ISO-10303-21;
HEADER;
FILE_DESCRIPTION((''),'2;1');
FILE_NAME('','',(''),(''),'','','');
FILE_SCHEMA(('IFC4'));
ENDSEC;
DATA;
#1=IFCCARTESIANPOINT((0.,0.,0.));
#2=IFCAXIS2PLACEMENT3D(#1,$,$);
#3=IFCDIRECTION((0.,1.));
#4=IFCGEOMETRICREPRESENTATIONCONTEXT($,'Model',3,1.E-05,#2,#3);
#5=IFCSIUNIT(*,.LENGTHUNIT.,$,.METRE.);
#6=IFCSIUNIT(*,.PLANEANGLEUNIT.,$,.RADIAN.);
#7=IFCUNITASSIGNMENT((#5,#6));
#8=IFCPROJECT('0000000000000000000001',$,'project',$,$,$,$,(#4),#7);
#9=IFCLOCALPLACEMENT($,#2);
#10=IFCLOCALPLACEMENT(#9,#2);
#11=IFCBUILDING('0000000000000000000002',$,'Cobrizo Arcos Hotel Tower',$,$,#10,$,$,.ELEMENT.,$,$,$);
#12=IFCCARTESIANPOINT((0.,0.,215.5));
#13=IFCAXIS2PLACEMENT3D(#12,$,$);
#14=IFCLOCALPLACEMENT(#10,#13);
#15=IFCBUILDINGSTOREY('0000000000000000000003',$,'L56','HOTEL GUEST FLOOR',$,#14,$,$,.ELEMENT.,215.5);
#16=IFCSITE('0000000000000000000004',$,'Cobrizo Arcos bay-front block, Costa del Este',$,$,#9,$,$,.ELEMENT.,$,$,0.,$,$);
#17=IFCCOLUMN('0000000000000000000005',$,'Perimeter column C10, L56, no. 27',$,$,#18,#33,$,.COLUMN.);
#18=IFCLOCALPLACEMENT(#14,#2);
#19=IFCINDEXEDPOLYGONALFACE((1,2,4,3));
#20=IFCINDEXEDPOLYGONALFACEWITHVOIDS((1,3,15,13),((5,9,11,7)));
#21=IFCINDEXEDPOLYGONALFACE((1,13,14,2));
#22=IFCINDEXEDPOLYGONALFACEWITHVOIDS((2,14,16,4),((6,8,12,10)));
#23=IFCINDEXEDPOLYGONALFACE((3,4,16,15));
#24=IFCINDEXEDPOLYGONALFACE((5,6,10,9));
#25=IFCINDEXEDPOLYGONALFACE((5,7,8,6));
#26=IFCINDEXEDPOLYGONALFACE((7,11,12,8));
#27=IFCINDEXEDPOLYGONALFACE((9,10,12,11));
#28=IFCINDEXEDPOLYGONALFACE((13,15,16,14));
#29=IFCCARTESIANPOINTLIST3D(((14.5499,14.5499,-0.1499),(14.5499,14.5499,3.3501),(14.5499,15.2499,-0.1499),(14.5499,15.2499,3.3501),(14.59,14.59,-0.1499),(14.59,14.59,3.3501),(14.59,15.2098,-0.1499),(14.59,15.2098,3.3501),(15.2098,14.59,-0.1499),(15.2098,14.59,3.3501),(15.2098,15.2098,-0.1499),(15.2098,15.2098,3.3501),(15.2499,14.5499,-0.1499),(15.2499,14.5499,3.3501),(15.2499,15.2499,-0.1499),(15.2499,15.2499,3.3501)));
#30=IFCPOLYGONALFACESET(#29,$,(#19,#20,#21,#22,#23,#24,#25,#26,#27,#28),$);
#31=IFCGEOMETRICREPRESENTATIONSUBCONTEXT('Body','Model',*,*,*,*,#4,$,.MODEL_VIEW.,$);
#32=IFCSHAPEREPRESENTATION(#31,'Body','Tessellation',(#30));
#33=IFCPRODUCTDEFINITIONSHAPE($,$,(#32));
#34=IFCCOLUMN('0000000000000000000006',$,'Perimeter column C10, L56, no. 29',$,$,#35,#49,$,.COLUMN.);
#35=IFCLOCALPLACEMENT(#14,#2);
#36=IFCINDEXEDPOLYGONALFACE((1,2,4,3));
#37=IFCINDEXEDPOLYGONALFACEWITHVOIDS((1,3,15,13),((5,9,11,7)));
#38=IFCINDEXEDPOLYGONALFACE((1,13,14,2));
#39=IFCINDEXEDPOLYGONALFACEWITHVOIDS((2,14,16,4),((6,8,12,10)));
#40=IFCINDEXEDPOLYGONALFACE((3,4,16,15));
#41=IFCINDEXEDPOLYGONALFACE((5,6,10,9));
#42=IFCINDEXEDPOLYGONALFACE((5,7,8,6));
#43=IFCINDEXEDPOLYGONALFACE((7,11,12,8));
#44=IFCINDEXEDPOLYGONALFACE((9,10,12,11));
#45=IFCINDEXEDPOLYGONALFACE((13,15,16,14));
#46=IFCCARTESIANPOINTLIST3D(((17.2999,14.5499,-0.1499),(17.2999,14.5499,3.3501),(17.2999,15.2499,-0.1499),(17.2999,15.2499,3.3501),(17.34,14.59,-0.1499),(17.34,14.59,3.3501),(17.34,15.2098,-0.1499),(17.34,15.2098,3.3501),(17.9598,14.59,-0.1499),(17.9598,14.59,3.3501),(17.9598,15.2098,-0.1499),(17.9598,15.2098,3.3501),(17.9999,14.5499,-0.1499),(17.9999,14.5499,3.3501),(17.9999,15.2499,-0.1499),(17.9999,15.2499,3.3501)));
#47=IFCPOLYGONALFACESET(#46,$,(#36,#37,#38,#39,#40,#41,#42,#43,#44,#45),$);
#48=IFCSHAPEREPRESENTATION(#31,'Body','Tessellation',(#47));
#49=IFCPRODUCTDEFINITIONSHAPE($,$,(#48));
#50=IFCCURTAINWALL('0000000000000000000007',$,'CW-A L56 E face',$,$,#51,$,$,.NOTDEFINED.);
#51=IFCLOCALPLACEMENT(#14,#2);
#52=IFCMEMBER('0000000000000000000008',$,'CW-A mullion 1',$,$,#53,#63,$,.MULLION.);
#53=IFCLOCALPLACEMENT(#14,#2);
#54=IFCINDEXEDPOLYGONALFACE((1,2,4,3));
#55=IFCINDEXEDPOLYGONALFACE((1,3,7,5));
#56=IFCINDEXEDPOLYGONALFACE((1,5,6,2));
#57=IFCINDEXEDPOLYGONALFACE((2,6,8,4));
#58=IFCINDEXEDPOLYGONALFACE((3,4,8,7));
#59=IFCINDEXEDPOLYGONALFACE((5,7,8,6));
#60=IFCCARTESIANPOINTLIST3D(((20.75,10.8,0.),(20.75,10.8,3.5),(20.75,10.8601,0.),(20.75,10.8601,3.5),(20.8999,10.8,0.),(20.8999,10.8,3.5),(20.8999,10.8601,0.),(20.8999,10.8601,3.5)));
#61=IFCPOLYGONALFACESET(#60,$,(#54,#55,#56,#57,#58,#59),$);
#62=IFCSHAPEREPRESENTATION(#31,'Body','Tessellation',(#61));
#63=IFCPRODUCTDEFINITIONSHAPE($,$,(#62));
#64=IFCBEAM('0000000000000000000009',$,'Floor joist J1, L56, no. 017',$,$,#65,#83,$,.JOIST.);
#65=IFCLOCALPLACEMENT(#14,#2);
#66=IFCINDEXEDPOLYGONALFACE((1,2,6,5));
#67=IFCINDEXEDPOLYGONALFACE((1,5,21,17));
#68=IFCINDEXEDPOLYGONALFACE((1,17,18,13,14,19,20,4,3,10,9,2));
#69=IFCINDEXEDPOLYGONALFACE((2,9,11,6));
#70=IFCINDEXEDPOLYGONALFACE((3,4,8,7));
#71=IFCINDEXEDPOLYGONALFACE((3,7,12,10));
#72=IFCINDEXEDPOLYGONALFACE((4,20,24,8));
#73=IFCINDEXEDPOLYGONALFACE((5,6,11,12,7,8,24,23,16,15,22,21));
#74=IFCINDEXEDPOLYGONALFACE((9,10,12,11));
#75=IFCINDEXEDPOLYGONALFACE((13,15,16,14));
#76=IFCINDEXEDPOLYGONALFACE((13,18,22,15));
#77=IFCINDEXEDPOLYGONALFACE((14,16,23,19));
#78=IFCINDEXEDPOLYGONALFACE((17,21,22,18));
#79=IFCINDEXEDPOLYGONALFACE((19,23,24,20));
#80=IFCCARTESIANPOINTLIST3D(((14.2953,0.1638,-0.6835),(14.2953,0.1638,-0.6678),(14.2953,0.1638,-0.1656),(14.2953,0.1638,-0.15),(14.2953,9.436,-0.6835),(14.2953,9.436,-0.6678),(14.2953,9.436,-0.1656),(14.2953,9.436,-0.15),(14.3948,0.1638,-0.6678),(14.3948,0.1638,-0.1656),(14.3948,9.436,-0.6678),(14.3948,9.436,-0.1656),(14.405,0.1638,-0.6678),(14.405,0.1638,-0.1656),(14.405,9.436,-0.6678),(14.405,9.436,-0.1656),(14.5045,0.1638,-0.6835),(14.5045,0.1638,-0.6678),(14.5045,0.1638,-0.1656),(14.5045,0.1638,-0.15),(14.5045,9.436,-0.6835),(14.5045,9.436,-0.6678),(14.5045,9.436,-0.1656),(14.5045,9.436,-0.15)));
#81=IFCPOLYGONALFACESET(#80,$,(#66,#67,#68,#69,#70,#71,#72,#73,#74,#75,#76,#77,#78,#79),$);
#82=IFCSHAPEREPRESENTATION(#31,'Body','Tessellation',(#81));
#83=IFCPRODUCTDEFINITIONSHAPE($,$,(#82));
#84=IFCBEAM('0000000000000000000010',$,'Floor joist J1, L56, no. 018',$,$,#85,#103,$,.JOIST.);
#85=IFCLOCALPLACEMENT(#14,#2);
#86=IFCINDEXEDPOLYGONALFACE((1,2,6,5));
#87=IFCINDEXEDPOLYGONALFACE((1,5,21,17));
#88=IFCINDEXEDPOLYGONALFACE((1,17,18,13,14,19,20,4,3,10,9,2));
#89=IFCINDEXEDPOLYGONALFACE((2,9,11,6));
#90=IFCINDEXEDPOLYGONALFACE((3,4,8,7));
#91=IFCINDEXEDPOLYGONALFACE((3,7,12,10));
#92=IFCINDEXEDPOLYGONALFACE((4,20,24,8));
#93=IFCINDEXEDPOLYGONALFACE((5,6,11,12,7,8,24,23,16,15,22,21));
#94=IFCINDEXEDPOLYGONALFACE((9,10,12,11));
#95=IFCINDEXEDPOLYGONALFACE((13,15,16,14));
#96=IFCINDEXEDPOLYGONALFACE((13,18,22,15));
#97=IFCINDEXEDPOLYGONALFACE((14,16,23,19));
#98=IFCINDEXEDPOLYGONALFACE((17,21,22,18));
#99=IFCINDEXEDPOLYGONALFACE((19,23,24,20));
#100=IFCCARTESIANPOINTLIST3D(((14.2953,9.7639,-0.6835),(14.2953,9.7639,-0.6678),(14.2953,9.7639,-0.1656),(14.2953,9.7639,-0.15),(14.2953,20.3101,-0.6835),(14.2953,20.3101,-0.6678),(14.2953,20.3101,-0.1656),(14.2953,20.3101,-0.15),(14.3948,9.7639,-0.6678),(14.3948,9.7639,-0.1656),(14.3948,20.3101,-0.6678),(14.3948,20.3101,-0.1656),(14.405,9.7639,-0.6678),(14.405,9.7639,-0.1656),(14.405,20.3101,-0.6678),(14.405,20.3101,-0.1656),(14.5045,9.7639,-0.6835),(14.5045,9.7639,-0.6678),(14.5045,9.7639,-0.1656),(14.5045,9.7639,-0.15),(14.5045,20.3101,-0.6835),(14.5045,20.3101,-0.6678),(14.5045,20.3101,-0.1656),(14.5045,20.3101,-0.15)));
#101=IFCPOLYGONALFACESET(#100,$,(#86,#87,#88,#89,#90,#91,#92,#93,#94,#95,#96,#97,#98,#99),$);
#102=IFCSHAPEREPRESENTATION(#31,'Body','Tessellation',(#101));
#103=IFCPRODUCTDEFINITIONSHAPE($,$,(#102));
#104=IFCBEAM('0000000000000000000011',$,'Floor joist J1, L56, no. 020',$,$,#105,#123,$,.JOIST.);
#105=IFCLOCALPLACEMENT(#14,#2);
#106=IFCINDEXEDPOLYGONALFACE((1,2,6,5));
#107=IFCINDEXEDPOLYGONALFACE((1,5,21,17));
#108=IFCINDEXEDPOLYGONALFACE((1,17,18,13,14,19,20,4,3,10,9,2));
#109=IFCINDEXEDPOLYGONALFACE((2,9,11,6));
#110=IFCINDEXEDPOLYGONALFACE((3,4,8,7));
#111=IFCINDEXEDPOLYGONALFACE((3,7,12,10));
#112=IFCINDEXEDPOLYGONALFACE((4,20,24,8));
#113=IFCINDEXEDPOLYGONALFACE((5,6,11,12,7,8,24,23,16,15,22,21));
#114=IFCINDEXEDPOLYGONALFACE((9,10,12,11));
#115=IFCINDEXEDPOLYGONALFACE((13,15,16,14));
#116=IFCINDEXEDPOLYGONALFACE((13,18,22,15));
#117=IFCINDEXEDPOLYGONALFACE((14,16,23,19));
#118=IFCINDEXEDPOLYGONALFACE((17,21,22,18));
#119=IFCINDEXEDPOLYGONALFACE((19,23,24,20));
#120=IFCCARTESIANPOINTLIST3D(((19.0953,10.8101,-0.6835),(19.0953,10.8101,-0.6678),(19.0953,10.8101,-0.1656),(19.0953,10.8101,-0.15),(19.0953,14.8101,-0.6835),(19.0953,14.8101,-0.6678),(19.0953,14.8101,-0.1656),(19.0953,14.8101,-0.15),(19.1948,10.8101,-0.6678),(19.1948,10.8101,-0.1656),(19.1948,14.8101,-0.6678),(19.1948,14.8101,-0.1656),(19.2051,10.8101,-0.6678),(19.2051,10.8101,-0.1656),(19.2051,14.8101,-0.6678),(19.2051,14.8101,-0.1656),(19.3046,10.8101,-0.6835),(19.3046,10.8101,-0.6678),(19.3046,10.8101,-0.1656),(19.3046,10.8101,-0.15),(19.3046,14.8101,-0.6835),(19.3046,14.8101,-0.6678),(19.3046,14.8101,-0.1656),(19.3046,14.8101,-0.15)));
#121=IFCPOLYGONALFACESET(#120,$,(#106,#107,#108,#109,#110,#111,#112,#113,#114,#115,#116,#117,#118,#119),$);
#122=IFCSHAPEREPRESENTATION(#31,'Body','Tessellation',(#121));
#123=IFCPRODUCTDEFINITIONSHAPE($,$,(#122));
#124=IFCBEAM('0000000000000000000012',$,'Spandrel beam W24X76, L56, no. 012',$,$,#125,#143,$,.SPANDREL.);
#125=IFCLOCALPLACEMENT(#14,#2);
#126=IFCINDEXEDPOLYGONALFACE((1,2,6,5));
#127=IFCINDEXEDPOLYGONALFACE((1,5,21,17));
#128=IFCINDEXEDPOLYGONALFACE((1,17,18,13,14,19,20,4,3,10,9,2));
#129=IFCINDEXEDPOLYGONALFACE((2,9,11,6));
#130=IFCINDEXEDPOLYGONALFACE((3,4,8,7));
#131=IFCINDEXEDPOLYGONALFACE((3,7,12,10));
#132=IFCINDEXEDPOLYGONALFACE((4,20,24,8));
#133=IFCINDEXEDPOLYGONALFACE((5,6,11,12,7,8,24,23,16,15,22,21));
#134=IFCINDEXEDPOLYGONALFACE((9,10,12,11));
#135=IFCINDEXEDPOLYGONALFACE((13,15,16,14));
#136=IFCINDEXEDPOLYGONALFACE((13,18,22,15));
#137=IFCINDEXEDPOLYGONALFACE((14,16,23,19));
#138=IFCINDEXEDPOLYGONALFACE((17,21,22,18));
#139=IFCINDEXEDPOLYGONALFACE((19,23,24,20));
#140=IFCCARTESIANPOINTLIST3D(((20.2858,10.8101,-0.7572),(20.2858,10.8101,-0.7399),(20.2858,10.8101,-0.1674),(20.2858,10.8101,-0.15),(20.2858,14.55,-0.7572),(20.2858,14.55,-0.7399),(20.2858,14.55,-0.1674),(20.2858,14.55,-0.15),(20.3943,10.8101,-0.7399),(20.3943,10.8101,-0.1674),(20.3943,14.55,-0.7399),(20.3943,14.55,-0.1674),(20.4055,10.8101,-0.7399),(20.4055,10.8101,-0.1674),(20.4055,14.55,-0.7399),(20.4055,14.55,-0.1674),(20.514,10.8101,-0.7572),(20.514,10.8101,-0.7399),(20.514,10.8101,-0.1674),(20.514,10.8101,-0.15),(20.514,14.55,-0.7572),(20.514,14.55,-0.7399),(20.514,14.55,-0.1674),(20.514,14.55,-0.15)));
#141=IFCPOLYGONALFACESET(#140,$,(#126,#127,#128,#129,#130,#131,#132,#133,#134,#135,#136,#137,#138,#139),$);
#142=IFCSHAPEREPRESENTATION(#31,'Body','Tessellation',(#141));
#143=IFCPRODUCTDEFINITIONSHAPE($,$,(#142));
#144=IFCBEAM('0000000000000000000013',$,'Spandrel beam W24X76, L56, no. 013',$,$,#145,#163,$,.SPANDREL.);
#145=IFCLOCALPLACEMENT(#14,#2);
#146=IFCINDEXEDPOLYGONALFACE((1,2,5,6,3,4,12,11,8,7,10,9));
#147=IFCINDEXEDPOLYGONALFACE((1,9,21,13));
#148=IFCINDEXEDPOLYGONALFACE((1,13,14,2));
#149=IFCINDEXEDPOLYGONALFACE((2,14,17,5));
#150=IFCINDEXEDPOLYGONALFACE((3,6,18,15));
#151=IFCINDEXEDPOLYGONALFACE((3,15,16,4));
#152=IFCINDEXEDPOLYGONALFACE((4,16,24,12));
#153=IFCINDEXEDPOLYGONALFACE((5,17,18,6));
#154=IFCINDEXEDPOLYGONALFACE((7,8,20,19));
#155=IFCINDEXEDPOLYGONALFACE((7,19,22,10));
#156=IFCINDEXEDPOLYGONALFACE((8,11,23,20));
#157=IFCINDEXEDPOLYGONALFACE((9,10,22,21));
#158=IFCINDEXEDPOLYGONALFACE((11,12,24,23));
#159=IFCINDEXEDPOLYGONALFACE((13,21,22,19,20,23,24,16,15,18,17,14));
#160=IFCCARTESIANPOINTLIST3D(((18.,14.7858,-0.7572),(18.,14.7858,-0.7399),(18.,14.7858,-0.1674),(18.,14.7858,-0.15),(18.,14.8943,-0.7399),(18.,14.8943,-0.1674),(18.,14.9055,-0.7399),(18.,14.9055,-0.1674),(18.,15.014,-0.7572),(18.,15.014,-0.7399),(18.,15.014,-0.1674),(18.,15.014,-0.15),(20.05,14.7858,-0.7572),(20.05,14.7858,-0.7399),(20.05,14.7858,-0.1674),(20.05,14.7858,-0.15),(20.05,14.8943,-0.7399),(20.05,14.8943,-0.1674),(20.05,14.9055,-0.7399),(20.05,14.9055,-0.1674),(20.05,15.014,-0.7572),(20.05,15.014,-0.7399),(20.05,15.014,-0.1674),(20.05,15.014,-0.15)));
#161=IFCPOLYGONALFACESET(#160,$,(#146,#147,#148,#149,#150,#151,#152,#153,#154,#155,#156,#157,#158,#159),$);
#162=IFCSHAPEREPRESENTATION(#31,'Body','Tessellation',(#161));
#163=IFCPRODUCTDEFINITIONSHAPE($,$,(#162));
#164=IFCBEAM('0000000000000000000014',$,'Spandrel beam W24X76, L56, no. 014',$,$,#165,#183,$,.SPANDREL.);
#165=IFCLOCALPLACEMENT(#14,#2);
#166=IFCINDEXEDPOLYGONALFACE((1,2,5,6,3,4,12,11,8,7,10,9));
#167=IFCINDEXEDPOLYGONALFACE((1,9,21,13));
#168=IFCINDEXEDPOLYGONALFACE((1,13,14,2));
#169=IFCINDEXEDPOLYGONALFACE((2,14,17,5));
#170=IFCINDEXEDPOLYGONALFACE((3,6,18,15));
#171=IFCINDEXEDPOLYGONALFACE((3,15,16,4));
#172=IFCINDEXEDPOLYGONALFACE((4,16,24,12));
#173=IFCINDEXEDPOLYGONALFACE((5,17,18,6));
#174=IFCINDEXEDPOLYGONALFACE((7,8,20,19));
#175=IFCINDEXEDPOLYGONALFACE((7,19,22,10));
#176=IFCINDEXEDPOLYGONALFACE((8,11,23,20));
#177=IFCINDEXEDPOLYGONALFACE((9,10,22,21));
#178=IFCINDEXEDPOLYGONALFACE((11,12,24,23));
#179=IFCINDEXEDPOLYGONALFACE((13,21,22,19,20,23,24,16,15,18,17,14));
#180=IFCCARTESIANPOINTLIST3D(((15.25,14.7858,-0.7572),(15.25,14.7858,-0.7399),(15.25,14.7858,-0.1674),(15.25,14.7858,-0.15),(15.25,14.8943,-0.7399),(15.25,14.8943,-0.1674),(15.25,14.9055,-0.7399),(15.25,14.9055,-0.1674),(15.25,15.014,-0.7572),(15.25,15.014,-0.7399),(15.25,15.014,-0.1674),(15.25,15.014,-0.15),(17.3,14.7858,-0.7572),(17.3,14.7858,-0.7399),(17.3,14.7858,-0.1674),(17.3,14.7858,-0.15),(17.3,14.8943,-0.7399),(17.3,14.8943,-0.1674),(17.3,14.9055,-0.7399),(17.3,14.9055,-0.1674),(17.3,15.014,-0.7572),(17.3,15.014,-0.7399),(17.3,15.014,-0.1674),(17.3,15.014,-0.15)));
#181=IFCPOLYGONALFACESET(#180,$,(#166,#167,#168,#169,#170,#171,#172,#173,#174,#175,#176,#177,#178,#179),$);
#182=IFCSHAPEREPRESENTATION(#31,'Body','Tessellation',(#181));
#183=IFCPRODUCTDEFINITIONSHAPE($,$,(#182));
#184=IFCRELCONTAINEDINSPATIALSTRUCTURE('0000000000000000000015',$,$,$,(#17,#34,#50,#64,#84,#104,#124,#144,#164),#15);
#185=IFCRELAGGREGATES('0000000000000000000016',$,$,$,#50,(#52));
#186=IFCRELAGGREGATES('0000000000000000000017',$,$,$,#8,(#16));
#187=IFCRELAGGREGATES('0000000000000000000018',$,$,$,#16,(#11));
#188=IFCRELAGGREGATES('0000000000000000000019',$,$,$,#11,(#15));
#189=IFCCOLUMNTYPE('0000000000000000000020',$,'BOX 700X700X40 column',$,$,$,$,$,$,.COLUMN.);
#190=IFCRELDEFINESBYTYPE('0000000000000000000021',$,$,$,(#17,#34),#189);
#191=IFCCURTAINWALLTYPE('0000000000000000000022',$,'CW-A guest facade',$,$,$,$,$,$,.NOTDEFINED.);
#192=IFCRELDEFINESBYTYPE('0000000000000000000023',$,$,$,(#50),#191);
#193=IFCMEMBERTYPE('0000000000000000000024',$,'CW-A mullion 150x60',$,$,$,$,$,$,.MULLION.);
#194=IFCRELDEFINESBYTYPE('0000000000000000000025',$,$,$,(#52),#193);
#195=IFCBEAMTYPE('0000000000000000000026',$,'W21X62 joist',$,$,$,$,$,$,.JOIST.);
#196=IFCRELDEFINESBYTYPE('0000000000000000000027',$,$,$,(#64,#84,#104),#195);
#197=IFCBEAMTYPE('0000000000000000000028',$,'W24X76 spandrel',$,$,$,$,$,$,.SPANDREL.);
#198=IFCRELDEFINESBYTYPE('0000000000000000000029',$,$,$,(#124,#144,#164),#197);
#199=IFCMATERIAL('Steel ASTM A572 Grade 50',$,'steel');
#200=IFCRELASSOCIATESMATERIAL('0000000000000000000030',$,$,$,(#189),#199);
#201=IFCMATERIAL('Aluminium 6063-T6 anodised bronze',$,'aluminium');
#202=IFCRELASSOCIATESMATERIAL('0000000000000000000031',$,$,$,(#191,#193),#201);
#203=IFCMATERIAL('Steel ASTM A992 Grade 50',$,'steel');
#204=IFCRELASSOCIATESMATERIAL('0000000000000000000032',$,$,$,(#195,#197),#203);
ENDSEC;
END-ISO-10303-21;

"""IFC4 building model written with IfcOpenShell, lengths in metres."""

from ifc_helpers import new_model, si_unit, direction, frame, origin, origin_2d, place, context, subcontext, project, spatial, rectangle, hollow_rectangle, i_section, extrude, material, material_profile, profile_set, type_object, element, aggregate, save


model = new_model("IFC4")

# Units and contexts
model_context = context("Model", 3, precision=1e-05, world=origin(), true_north=direction((0.0, 1.0)))
body_context = subcontext(model_context, "Body", "Model", "MODEL_VIEW")
ifc_project = project(units=[si_unit("LENGTHUNIT", "METRE"), si_unit("PLANEANGLEUNIT", "RADIAN")], contexts=[model_context])

# Site, building, storey
site_placement = place(None, origin())
site = spatial("IfcSite", under=ifc_project, at=site_placement, Name="Cobrizo Arcos bay-front block, Costa del Este", CompositionType="ELEMENT", RefElevation=0.0)
building_placement = place(site_placement, origin())
building = spatial("IfcBuilding", under=site, at=building_placement, Name="Cobrizo Arcos Hotel Tower", CompositionType="ELEMENT")
storey_placement = place(building_placement, frame((0.0, 0.0, 215.5)))
storey = spatial("IfcBuildingStorey", under=building, at=storey_placement, Name="L56", Description="HOTEL GUEST FLOOR", CompositionType="ELEMENT", Elevation=215.5)

# Columns
ifc_material_1 = material(Name="Steel ASTM A572 Grade 50", Category="steel")
ifc_material_profile_1 = material_profile(ifc_material_1, hollow_rectangle(XDim=0.7, YDim=0.7, WallThickness=0.04, at=origin_2d()), Name="BOX 700X700X40")
ifc_profile_set_1 = profile_set([ifc_material_profile_1], Name="Steel ASTM A572 Grade 50")
column_type = type_object("IfcColumnType", Name="BOX 700X700X40 column", PredefinedType="COLUMN", material=ifc_profile_set_1)
for number, where, z_axis, x_axis, name in (
    (1, (14.8999, 14.8999, -0.1499), (0.0, 0.0, 1.0), (1.0, 0.0, 0.0), "Perimeter column C10, L56, no. 27"),
    (2, (17.6499, 14.8999, -0.1499), (0.0, 0.0, 1.0), (1.0, 0.0, 0.0), "Perimeter column C10, L56, no. 29"),
):
    element("IfcColumn", number, at=place(storey_placement, frame(where, z_axis=z_axis, x_axis=x_axis)), inside=storey, type_object=column_type, Name=name, PredefinedType="COLUMN", context=body_context, shape_type="SweptSolid", body=[
        extrude(hollow_rectangle(XDim=0.7, YDim=0.7, WallThickness=0.04, at=origin_2d()), origin(), (0.0, 0.0, 1.0), 3.5),
    ])

# Curtain wall, member
ifc_material_2 = material(Name="Aluminium 6063-T6 anodised bronze", Category="aluminium")
curtain_wall_type = type_object("IfcCurtainWallType", Name="CW-A guest facade", PredefinedType="NOTDEFINED", material=ifc_material_2)
curtain_wall_placement = place(storey_placement, origin())
curtain_wall = element("IfcCurtainWall", 3, at=curtain_wall_placement, inside=storey, type_object=curtain_wall_type, Name="CW-A L56 E face", PredefinedType="NOTDEFINED")
ifc_material_profile_2 = material_profile(ifc_material_2, rectangle(XDim=0.1499, YDim=0.0601, at=origin_2d()), Name="CW-A mullion 150x60")
ifc_profile_set_2 = profile_set([ifc_material_profile_2], Name="Aluminium 6063-T6 anodised bronze")
member_type = type_object("IfcMemberType", Name="CW-A mullion 150x60", PredefinedType="MULLION", material=ifc_profile_set_2)
member_placement = place(storey_placement, frame((20.825, 10.8301, 0.0), z_axis=(0.0, 0.0, 1.0), x_axis=(1.0, 0.0, 0.0)))
member = element("IfcMember", 4, at=member_placement, type_object=member_type, Name="CW-A mullion 1", PredefinedType="MULLION", context=body_context, shape_type="SweptSolid", body=[
    extrude(rectangle(XDim=0.1499, YDim=0.0601, at=origin_2d()), origin(), (0.0, 0.0, 1.0), 3.5),
])

# Beams
ifc_material_3 = material(Name="Steel ASTM A992 Grade 50", Category="steel")
ifc_material_profile_3 = material_profile(ifc_material_3, i_section(OverallWidth=0.2092, OverallDepth=0.5334, WebThickness=0.0103, FlangeThickness=0.0156, at=origin_2d()), Name="W21X62")
ifc_profile_set_3 = profile_set([ifc_material_profile_3], Name="Steel ASTM A992 Grade 50")
beam_type_1 = type_object("IfcBeamType", Name="W21X62 joist", PredefinedType="JOIST", material=ifc_profile_set_3)
beam_1_placement = place(storey_placement, frame((14.3999, 0.1638, -0.4167), z_axis=(0.0, 1.0, 0.0), x_axis=(-1.0, 0.0, 0.0)))
element("IfcBeam", 5, at=beam_1_placement, inside=storey, type_object=beam_type_1, Name="Floor joist J1, L56, no. 017", PredefinedType="JOIST", context=body_context, shape_type="SweptSolid", body=[
    extrude(i_section(OverallWidth=0.2092, OverallDepth=0.5334, WebThickness=0.0103, FlangeThickness=0.0156, at=origin_2d()), origin(), (0.0, 0.0, 1.0), 9.2722),
])
beam_2_placement = place(storey_placement, frame((14.3999, 9.7639, -0.4167), z_axis=(0.0, 1.0, 0.0), x_axis=(-1.0, 0.0, 0.0)))
element("IfcBeam", 6, at=beam_2_placement, inside=storey, type_object=beam_type_1, Name="Floor joist J1, L56, no. 018", PredefinedType="JOIST", context=body_context, shape_type="SweptSolid", body=[
    extrude(i_section(OverallWidth=0.2092, OverallDepth=0.5334, WebThickness=0.0103, FlangeThickness=0.0156, at=origin_2d()), origin(), (0.0, 0.0, 1.0), 10.5461),
])
beam_3_placement = place(storey_placement, frame((19.2, 10.8101, -0.4167), z_axis=(0.0, 1.0, 0.0), x_axis=(-1.0, 0.0, 0.0)))
element("IfcBeam", 7, at=beam_3_placement, inside=storey, type_object=beam_type_1, Name="Floor joist J1, L56, no. 020", PredefinedType="JOIST", context=body_context, shape_type="SweptSolid", body=[
    extrude(i_section(OverallWidth=0.2092, OverallDepth=0.5334, WebThickness=0.0103, FlangeThickness=0.0156, at=origin_2d()), origin(), (0.0, 0.0, 1.0), 4.0),
])
ifc_material_profile_4 = material_profile(ifc_material_3, i_section(OverallWidth=0.2283, OverallDepth=0.6072, WebThickness=0.0112, FlangeThickness=0.0173, at=origin_2d()), Name="W24X76")
ifc_profile_set_4 = profile_set([ifc_material_profile_4], Name="Steel ASTM A992 Grade 50")
beam_type_2 = type_object("IfcBeamType", Name="W24X76 spandrel", PredefinedType="SPANDREL", material=ifc_profile_set_4)
beam_4_placement = place(storey_placement, frame((20.3999, 10.8101, -0.4536), z_axis=(0.0, 1.0, 0.0), x_axis=(-1.0, 0.0, 0.0)))
element("IfcBeam", 8, at=beam_4_placement, inside=storey, type_object=beam_type_2, Name="Spandrel beam W24X76, L56, no. 012", PredefinedType="SPANDREL", context=body_context, shape_type="SweptSolid", body=[
    extrude(i_section(OverallWidth=0.2283, OverallDepth=0.6072, WebThickness=0.0112, FlangeThickness=0.0173, at=origin_2d()), origin(), (0.0, 0.0, 1.0), 3.74),
])
for number, where, z_axis, x_axis, name in (
    (9, (20.05, 14.8999, -0.4536), (-1.0, 0.0, 0.0), (0.0, -1.0, 0.0), "Spandrel beam W24X76, L56, no. 013"),
    (10, (17.3, 14.8999, -0.4536), (-1.0, 0.0, 0.0), (0.0, -1.0, 0.0), "Spandrel beam W24X76, L56, no. 014"),
):
    element("IfcBeam", number, at=place(storey_placement, frame(where, z_axis=z_axis, x_axis=x_axis)), inside=storey, type_object=beam_type_2, Name=name, PredefinedType="SPANDREL", context=body_context, shape_type="SweptSolid", body=[
        extrude(i_section(OverallWidth=0.2283, OverallDepth=0.6072, WebThickness=0.0112, FlangeThickness=0.0173, at=origin_2d()), origin(), (0.0, 0.0, 1.0), 2.05),
    ])

aggregate(curtain_wall, [member])

save(model, "model.ifc")
